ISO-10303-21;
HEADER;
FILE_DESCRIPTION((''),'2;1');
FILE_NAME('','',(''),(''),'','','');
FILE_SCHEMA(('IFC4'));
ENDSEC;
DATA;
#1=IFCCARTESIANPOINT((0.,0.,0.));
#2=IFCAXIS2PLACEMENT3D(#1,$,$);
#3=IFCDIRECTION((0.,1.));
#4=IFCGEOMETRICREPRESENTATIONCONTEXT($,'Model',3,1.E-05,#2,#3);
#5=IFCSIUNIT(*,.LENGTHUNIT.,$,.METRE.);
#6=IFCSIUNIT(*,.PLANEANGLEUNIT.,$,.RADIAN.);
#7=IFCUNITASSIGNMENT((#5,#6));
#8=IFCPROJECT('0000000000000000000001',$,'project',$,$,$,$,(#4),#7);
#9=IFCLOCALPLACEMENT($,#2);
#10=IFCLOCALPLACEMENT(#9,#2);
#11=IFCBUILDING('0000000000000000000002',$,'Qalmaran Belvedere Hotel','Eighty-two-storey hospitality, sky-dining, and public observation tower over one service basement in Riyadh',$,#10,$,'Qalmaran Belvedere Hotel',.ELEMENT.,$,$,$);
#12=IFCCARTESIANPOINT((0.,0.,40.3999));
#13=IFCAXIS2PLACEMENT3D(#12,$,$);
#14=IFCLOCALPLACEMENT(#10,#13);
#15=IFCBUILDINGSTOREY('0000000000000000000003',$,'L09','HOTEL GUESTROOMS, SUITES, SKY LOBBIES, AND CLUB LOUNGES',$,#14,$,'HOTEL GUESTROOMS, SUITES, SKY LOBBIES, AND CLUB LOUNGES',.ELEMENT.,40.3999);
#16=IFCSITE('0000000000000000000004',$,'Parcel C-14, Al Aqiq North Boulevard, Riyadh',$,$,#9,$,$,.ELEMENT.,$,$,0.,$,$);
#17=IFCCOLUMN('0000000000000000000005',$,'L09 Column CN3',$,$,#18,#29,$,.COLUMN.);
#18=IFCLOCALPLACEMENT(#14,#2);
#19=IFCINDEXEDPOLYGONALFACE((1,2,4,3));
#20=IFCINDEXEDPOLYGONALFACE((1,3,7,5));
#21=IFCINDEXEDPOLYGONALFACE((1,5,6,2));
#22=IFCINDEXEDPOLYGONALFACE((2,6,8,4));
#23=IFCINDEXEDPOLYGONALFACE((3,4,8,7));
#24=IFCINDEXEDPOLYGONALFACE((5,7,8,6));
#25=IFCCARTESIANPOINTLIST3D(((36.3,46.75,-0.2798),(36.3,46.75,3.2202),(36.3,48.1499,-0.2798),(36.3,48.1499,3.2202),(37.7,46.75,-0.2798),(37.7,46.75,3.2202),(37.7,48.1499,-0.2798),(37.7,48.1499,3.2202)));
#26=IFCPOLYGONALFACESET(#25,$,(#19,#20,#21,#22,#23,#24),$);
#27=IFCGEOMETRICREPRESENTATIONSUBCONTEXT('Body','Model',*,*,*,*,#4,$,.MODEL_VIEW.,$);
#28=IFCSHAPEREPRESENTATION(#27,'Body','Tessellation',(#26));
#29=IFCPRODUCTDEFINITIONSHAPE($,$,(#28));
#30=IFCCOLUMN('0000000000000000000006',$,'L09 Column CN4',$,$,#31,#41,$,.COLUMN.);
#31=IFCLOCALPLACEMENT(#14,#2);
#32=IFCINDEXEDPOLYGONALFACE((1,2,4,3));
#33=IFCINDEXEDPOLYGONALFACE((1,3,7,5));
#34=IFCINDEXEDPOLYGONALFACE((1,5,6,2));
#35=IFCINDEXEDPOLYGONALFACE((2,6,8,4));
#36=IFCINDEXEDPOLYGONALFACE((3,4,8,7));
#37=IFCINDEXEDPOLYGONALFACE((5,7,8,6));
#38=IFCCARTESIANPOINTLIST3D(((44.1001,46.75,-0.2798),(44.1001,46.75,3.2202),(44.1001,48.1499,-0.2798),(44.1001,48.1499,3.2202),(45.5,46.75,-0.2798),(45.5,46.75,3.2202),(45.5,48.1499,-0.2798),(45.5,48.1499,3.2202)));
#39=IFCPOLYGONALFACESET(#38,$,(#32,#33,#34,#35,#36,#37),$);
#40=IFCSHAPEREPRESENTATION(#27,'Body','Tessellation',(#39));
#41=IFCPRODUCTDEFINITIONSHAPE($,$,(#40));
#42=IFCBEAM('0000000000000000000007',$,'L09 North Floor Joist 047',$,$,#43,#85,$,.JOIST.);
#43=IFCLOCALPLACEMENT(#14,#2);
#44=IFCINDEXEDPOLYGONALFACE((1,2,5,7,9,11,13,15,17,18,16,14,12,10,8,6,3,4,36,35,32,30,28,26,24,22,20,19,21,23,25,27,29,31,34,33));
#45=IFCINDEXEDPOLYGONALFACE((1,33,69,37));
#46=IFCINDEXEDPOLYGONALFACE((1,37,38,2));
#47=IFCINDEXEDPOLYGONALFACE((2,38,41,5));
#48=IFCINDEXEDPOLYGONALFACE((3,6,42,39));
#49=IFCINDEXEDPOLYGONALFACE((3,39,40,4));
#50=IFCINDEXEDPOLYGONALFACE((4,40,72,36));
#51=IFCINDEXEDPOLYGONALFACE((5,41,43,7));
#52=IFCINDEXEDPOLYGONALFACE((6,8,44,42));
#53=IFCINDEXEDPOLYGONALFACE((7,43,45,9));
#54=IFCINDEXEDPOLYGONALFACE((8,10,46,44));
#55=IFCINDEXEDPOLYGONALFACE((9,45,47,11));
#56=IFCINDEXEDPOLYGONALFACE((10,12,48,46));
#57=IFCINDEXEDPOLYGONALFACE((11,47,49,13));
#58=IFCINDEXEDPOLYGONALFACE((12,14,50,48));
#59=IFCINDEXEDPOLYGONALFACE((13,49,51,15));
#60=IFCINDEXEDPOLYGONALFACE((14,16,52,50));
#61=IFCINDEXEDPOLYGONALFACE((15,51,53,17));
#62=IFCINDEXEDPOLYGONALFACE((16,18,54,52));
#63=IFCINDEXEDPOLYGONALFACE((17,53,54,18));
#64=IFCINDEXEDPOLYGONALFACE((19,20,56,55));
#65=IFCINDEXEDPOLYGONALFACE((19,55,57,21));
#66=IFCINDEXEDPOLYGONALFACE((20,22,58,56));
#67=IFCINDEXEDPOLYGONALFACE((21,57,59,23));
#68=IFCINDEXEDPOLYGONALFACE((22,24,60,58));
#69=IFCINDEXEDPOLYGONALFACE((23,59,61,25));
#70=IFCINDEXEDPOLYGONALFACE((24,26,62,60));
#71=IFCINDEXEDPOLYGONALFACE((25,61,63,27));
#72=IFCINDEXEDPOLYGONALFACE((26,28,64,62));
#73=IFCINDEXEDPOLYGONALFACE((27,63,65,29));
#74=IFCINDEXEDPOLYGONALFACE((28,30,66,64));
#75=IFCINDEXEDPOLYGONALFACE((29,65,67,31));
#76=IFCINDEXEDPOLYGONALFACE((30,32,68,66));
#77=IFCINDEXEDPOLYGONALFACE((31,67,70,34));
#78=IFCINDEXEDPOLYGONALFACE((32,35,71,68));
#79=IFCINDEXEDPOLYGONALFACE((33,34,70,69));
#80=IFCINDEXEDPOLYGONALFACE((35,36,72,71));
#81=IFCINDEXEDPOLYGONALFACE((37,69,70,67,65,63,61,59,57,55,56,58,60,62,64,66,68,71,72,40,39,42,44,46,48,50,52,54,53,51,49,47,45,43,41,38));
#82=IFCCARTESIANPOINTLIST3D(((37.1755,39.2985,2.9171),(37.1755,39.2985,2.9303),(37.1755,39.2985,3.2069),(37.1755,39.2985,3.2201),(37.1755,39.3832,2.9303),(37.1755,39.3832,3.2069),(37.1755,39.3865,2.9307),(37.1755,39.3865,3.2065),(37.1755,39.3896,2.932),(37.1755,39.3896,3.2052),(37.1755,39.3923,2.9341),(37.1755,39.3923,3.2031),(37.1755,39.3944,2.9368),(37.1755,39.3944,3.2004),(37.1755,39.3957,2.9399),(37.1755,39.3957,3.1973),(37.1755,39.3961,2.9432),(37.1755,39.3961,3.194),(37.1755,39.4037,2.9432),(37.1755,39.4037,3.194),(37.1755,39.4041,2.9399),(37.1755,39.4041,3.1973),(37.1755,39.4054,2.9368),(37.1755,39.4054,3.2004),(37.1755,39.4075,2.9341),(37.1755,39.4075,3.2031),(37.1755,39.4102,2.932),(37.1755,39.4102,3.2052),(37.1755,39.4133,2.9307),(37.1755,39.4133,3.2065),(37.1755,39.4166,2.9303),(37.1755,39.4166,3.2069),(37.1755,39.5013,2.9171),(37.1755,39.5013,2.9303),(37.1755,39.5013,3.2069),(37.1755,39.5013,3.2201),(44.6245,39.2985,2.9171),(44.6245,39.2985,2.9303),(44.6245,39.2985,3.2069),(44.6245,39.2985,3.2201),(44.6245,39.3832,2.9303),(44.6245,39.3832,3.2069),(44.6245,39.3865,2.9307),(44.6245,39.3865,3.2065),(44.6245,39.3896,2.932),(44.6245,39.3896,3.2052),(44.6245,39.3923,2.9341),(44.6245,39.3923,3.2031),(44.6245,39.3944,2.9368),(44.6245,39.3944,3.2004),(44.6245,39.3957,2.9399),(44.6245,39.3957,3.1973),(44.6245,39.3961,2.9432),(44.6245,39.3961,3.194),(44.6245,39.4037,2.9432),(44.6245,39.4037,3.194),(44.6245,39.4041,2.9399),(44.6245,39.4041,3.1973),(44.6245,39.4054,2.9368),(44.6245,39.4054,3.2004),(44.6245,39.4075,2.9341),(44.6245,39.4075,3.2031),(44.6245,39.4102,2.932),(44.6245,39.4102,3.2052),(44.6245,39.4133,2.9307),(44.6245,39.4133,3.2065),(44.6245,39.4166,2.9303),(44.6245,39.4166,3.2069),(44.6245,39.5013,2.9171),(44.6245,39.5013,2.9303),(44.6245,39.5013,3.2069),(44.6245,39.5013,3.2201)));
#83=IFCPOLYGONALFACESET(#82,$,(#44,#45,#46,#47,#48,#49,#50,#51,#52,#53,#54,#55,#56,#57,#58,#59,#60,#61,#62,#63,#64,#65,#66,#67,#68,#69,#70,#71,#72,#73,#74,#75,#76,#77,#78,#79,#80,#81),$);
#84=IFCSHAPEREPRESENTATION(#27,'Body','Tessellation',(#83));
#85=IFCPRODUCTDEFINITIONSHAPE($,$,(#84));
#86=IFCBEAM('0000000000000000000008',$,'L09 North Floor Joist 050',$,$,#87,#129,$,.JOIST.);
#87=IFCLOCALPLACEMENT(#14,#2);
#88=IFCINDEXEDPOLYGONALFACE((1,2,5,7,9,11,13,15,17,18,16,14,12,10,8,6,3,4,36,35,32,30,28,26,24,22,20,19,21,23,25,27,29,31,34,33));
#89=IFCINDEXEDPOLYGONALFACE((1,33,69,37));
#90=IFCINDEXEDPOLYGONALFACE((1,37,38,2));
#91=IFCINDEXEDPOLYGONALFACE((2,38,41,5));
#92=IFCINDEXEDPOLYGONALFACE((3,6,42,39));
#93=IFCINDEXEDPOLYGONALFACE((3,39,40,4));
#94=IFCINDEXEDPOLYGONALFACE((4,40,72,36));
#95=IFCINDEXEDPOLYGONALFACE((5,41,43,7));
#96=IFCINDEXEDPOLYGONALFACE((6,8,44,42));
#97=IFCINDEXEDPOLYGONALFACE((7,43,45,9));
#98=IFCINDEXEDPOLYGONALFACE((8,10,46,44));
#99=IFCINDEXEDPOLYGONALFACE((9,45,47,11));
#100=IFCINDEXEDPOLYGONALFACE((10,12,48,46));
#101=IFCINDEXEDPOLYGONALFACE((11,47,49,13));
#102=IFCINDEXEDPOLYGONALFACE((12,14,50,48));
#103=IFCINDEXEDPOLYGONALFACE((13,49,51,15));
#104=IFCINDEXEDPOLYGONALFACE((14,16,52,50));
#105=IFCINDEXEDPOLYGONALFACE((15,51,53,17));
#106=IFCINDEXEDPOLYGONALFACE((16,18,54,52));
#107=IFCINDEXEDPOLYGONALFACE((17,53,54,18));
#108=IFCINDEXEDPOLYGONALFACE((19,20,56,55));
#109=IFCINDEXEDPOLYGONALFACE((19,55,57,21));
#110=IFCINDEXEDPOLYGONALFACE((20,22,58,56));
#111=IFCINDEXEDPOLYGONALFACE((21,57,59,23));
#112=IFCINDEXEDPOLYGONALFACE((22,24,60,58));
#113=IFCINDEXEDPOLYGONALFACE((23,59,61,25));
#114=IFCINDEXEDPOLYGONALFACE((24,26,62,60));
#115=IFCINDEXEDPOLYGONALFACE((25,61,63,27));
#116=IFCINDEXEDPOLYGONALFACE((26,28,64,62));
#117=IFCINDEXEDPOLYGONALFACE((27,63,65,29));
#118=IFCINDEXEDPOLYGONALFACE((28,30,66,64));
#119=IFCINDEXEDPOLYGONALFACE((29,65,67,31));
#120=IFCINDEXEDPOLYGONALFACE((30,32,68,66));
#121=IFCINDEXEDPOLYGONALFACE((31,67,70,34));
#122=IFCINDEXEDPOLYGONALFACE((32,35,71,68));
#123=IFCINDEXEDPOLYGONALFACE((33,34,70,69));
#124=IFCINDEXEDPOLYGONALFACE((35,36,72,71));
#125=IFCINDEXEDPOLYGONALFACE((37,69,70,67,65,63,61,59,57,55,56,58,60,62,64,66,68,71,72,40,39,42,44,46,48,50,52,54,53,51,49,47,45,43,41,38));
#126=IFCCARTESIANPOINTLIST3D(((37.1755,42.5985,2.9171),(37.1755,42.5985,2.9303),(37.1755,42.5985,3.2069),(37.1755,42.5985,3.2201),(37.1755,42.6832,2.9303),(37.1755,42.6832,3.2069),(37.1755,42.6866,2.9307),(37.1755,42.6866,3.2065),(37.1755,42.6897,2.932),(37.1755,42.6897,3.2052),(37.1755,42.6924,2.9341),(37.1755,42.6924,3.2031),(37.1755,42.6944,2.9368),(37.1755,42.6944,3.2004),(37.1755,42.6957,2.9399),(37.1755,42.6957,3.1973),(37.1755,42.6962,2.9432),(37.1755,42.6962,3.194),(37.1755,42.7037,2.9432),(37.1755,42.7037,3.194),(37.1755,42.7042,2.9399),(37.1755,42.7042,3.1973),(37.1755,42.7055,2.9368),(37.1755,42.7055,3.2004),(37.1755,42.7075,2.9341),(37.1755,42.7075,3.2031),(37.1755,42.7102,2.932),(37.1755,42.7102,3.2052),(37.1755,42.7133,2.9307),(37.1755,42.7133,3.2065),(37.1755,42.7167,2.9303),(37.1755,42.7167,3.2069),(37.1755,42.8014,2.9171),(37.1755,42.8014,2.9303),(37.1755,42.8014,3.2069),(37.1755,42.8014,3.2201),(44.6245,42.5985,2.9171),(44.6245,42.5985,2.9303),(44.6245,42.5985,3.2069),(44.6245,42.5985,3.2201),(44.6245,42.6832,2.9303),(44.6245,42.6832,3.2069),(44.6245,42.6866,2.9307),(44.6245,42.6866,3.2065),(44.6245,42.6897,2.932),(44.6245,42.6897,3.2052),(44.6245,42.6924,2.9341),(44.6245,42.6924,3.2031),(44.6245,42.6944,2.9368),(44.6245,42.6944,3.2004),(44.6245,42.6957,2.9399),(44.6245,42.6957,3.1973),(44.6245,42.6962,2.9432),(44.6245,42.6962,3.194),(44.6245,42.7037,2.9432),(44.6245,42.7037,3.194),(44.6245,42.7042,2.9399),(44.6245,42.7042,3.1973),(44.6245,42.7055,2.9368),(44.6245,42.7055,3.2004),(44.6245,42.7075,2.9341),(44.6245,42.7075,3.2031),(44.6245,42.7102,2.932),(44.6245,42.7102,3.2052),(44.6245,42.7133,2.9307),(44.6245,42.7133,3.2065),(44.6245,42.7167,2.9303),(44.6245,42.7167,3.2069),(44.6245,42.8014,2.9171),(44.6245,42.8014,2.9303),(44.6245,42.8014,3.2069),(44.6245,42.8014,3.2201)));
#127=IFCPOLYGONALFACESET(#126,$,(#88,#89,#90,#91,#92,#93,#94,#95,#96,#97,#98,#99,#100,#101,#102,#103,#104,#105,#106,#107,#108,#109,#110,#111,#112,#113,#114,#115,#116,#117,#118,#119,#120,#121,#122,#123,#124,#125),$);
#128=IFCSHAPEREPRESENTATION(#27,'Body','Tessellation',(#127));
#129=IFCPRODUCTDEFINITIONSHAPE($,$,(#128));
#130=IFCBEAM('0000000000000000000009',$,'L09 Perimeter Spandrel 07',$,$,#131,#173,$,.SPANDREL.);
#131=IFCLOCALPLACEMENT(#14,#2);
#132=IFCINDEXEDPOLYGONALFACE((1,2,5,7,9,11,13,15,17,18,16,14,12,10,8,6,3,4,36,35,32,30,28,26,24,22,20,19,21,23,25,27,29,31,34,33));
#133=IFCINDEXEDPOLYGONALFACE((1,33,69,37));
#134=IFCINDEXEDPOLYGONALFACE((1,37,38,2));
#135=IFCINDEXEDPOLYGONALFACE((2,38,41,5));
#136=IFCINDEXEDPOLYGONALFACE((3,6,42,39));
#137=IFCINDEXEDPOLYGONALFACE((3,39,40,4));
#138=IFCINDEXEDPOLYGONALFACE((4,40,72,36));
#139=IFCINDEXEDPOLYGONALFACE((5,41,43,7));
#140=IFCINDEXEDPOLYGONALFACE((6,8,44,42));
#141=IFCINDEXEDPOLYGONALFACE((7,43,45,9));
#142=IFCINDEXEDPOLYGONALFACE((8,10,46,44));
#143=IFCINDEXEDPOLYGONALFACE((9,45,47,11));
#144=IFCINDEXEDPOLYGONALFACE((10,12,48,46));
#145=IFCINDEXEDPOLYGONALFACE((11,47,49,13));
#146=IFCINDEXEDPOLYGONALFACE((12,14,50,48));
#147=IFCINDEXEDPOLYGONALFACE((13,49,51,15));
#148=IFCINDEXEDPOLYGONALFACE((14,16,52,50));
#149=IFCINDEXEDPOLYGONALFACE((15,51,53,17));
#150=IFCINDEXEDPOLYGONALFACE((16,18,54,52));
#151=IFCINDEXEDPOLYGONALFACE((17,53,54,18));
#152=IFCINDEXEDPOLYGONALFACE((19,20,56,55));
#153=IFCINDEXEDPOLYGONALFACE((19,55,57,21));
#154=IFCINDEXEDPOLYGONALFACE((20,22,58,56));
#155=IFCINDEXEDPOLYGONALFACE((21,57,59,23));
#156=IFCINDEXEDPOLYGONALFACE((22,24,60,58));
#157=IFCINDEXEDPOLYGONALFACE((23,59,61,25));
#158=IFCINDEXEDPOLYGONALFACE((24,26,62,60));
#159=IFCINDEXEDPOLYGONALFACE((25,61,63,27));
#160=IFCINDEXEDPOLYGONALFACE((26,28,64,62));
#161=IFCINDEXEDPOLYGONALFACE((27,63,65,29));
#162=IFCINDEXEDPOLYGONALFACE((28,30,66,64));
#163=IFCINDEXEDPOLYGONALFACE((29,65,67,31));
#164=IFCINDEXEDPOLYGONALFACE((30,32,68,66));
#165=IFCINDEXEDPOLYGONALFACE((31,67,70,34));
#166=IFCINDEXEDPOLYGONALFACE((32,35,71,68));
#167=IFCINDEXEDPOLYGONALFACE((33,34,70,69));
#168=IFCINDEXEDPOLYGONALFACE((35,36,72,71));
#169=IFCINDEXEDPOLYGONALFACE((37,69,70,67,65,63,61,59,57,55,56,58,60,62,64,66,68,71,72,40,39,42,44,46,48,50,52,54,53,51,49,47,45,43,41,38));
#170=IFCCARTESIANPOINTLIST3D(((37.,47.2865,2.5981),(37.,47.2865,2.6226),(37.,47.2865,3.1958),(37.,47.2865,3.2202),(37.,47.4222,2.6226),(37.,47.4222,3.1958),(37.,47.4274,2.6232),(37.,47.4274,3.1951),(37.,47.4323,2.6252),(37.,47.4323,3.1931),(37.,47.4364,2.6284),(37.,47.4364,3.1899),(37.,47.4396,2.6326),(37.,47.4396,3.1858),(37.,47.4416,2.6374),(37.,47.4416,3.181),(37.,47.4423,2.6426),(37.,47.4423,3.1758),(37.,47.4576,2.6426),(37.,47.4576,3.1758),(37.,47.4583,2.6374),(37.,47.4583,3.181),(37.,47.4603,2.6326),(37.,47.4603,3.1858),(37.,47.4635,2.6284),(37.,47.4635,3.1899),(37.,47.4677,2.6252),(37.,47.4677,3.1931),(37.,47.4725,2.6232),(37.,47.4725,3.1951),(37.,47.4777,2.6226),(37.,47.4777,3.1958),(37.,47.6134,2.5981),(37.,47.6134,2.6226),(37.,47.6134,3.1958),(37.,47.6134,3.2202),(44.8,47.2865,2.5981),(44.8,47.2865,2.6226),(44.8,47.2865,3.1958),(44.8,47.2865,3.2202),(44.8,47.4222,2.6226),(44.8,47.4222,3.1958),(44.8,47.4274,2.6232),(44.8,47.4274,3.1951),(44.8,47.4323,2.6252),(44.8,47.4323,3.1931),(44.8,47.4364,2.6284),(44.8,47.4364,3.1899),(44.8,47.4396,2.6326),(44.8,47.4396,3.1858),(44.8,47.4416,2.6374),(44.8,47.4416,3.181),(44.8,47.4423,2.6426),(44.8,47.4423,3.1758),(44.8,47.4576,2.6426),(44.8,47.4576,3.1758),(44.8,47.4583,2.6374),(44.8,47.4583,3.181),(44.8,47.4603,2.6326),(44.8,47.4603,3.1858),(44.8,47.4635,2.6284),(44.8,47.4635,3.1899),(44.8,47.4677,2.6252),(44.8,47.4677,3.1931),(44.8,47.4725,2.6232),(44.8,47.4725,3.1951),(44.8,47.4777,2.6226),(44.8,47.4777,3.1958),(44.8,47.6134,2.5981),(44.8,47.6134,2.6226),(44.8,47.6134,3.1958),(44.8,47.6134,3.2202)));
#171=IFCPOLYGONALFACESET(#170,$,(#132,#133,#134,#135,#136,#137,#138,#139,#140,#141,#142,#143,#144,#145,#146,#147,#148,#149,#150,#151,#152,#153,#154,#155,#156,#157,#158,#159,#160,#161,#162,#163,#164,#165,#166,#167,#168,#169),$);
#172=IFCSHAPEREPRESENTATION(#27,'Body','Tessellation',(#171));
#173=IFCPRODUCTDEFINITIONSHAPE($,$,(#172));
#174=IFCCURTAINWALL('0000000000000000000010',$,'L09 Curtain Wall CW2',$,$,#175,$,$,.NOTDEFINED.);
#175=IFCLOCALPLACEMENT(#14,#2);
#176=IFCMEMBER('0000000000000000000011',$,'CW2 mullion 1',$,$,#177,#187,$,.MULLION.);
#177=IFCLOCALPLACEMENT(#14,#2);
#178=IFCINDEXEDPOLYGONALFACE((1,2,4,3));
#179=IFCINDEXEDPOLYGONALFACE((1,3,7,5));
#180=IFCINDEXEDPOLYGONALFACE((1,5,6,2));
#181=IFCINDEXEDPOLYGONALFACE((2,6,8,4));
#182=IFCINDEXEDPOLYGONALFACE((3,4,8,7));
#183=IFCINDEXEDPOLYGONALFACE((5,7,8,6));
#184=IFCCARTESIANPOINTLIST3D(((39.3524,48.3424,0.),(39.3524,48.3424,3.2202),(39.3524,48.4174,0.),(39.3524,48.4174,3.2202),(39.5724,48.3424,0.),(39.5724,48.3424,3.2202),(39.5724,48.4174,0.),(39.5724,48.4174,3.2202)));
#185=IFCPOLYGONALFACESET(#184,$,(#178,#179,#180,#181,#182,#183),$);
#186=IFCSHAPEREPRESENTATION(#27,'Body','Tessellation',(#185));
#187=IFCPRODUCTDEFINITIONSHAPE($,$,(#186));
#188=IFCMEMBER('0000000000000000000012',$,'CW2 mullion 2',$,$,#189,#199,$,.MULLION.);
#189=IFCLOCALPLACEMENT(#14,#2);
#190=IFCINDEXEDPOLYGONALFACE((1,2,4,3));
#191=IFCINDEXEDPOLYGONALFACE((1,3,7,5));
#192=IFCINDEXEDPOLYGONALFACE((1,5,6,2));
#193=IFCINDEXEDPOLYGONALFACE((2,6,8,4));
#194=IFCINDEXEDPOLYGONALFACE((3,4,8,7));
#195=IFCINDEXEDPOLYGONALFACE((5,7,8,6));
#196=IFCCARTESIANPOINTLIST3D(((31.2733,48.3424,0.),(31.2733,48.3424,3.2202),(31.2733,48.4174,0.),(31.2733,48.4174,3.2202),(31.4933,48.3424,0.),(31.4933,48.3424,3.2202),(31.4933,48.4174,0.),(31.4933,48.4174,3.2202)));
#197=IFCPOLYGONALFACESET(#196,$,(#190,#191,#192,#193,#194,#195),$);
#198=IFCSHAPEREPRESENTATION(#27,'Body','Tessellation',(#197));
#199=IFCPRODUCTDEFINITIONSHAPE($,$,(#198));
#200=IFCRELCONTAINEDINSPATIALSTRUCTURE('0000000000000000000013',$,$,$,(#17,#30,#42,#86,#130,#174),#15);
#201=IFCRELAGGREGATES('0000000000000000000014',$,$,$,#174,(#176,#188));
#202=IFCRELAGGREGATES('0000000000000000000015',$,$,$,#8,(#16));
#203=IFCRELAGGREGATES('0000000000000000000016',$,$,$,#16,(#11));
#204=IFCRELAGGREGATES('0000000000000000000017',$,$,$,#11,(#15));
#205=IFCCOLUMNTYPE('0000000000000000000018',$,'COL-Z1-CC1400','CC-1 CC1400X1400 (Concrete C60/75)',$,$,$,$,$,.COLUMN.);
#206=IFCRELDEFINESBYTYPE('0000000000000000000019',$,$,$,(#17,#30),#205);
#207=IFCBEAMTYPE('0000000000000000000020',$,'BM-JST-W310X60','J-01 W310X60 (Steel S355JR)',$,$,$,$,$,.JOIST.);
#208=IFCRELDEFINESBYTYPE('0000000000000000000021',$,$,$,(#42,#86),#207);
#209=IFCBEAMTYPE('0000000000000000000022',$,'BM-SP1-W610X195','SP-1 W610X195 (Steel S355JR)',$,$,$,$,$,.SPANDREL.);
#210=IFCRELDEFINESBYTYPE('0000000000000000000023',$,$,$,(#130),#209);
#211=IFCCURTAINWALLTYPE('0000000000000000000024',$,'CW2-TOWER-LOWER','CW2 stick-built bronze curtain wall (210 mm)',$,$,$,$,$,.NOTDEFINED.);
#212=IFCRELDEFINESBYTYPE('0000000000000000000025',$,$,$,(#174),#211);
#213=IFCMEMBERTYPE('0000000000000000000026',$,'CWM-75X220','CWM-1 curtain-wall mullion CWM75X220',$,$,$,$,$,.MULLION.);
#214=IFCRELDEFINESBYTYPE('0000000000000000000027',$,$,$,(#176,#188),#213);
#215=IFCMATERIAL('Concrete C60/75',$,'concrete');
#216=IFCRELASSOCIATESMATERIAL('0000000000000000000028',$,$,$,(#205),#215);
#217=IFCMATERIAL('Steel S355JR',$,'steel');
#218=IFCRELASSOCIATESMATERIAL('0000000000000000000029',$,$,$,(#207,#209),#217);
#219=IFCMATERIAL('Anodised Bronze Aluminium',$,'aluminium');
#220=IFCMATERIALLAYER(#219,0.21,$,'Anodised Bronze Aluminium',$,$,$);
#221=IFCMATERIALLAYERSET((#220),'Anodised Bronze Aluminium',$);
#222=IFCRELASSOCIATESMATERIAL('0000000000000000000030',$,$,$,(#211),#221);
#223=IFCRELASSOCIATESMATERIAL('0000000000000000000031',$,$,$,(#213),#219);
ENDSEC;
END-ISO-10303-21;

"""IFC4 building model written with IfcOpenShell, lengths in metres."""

from ifc_helpers import new_model, si_unit, direction, frame, origin, origin_2d, place, context, subcontext, project, spatial, rectangle, i_section, extrude, material, layer, layer_set, material_profile, profile_set, type_object, element, aggregate, save


model = new_model("IFC4")

# Units and contexts
model_context = context("Model", 3, precision=1e-05, world=origin(), true_north=direction((0.0, 1.0)))
body_context = subcontext(model_context, "Body", "Model", "MODEL_VIEW")
ifc_project = project(units=[si_unit("LENGTHUNIT", "METRE"), si_unit("PLANEANGLEUNIT", "RADIAN")], contexts=[model_context])

# Site, building, storey
site_placement = place(None, origin())
site = spatial("IfcSite", under=ifc_project, at=site_placement, Name="Parcel C-14, Al Aqiq North Boulevard, Riyadh", CompositionType="ELEMENT", RefElevation=0.0)
building_placement = place(site_placement, origin())
building = spatial("IfcBuilding", under=site, at=building_placement, Name="Qalmaran Belvedere Hotel", Description="Eighty-two-storey hospitality, sky-dining, and public observation tower over one service basement in Riyadh", LongName="Qalmaran Belvedere Hotel", CompositionType="ELEMENT")
storey_placement = place(building_placement, frame((0.0, 0.0, 40.3999)))
storey = spatial("IfcBuildingStorey", under=building, at=storey_placement, Name="L09", Description="HOTEL GUESTROOMS, SUITES, SKY LOBBIES, AND CLUB LOUNGES", LongName="HOTEL GUESTROOMS, SUITES, SKY LOBBIES, AND CLUB LOUNGES", CompositionType="ELEMENT", Elevation=40.3999)

# Columns
ifc_material_1 = material(Name="Concrete C60/75", Category="concrete")
ifc_material_profile_1 = material_profile(ifc_material_1, rectangle(XDim=1.3999, YDim=1.3999, at=origin_2d()), Name="CC1400X1400")
ifc_profile_set_1 = profile_set([ifc_material_profile_1], Name="Concrete C60/75")
column_type = type_object("IfcColumnType", Name="COL-Z1-CC1400", Description="CC-1 CC1400X1400 (Concrete C60/75)", PredefinedType="COLUMN", material=ifc_profile_set_1)
for number, where, z_axis, x_axis, name in (
    (1, (37.0, 47.45, -0.2798), (0.0, 0.0, 1.0), (1.0, 0.0, 0.0), "L09 Column CN3"),
    (2, (44.8, 47.45, -0.2798), (0.0, 0.0, 1.0), (1.0, 0.0, 0.0), "L09 Column CN4"),
):
    element("IfcColumn", number, at=place(storey_placement, frame(where, z_axis=z_axis, x_axis=x_axis)), inside=storey, type_object=column_type, Name=name, PredefinedType="COLUMN", context=body_context, shape_type="SweptSolid", body=[
        extrude(rectangle(XDim=1.3999, YDim=1.3999, at=origin_2d()), origin(), (0.0, 0.0, 1.0), 3.5),
    ])

# Beams
ifc_material_2 = material(Name="Steel S355JR", Category="steel")
ifc_material_profile_2 = material_profile(ifc_material_2, i_section(OverallWidth=0.2029, OverallDepth=0.303, WebThickness=0.0076, FlangeThickness=0.0132, FilletRadius=0.0129, at=origin_2d()), Name="W310X60")
ifc_profile_set_2 = profile_set([ifc_material_profile_2], Name="Steel S355JR")
beam_type_1 = type_object("IfcBeamType", Name="BM-JST-W310X60", Description="J-01 W310X60 (Steel S355JR)", PredefinedType="JOIST", material=ifc_profile_set_2)
for number, where, z_axis, x_axis, name in (
    (3, (37.1755, 39.3999, 3.0686), (1.0, 0.0, 0.0), (0.0, 1.0, 0.0), "L09 North Floor Joist 047"),
    (4, (37.1755, 42.7, 3.0686), (1.0, 0.0, 0.0), (0.0, 1.0, 0.0), "L09 North Floor Joist 050"),
):
    element("IfcBeam", number, at=place(storey_placement, frame(where, z_axis=z_axis, x_axis=x_axis)), inside=storey, type_object=beam_type_1, Name=name, PredefinedType="JOIST", context=body_context, shape_type="SweptSolid", body=[
        extrude(i_section(OverallWidth=0.2029, OverallDepth=0.303, WebThickness=0.0076, FlangeThickness=0.0132, FilletRadius=0.0129, at=origin_2d()), origin(), (0.0, 0.0, 1.0), 7.449),
    ])
ifc_material_profile_3 = material_profile(ifc_material_2, i_section(OverallWidth=0.3269, OverallDepth=0.6221, WebThickness=0.0154, FlangeThickness=0.0244, FilletRadius=0.02, at=origin_2d()), Name="W610X195")
ifc_profile_set_3 = profile_set([ifc_material_profile_3], Name="Steel S355JR")
beam_type_2 = type_object("IfcBeamType", Name="BM-SP1-W610X195", Description="SP-1 W610X195 (Steel S355JR)", PredefinedType="SPANDREL", material=ifc_profile_set_3)
beam_placement = place(storey_placement, frame((37.0, 47.45, 2.9092), z_axis=(1.0, 0.0, 0.0), x_axis=(0.0, 1.0, 0.0)))
element("IfcBeam", 5, at=beam_placement, inside=storey, type_object=beam_type_2, Name="L09 Perimeter Spandrel 07", PredefinedType="SPANDREL", context=body_context, shape_type="SweptSolid", body=[
    extrude(i_section(OverallWidth=0.3269, OverallDepth=0.6221, WebThickness=0.0154, FlangeThickness=0.0244, FilletRadius=0.02, at=origin_2d()), origin(), (0.0, 0.0, 1.0), 7.8),
])

# Curtain wall, members
ifc_material_3 = material(Name="Anodised Bronze Aluminium", Category="aluminium")
ifc_layer_1 = layer(ifc_material_3, 0.21, Name="Anodised Bronze Aluminium")
ifc_layer_set_1 = layer_set([ifc_layer_1], Name="Anodised Bronze Aluminium")
curtain_wall_type = type_object("IfcCurtainWallType", Name="CW2-TOWER-LOWER", Description="CW2 stick-built bronze curtain wall (210 mm)", PredefinedType="NOTDEFINED", material=ifc_layer_set_1)
curtain_wall_1_placement = place(storey_placement, origin())
curtain_wall_1 = element("IfcCurtainWall", 6, at=curtain_wall_1_placement, inside=storey, type_object=curtain_wall_type, Name="L09 Curtain Wall CW2", PredefinedType="NOTDEFINED")
ifc_material_profile_4 = material_profile(ifc_material_3, rectangle(XDim=0.075, YDim=0.22, at=origin_2d()), Name="CWM75X220")
ifc_profile_set_4 = profile_set([ifc_material_profile_4], Name="Anodised Bronze Aluminium")
member_type_1 = type_object("IfcMemberType", Name="CWM-75X220", Description="CWM-1 curtain-wall mullion CWM75X220", PredefinedType="MULLION", material=ifc_profile_set_4)
member_1_placement = place(storey_placement, frame((39.4624, 48.3799, 0.0), z_axis=(0.0, 0.0, 1.0), x_axis=(0.0, -1.0, 0.0)))
member_1 = element("IfcMember", 7, at=member_1_placement, type_object=member_type_1, Name="CW2 mullion 1", PredefinedType="MULLION", context=body_context, shape_type="SweptSolid", body=[
    extrude(rectangle(XDim=0.075, YDim=0.22, at=origin_2d()), origin(), (0.0, 0.0, 1.0), 3.2202),
])
member_2_placement = place(storey_placement, frame((31.3833, 48.3799, 0.0), z_axis=(0.0, 0.0, 1.0), x_axis=(0.0, -1.0, 0.0)))
member_2 = element("IfcMember", 8, at=member_2_placement, type_object=member_type_1, Name="CW2 mullion 2", PredefinedType="MULLION", context=body_context, shape_type="SweptSolid", body=[
    extrude(rectangle(XDim=0.075, YDim=0.22, at=origin_2d()), origin(), (0.0, 0.0, 1.0), 3.2202),
])

aggregate(curtain_wall_1, [member_1, member_2])

save(model, "model.ifc")
